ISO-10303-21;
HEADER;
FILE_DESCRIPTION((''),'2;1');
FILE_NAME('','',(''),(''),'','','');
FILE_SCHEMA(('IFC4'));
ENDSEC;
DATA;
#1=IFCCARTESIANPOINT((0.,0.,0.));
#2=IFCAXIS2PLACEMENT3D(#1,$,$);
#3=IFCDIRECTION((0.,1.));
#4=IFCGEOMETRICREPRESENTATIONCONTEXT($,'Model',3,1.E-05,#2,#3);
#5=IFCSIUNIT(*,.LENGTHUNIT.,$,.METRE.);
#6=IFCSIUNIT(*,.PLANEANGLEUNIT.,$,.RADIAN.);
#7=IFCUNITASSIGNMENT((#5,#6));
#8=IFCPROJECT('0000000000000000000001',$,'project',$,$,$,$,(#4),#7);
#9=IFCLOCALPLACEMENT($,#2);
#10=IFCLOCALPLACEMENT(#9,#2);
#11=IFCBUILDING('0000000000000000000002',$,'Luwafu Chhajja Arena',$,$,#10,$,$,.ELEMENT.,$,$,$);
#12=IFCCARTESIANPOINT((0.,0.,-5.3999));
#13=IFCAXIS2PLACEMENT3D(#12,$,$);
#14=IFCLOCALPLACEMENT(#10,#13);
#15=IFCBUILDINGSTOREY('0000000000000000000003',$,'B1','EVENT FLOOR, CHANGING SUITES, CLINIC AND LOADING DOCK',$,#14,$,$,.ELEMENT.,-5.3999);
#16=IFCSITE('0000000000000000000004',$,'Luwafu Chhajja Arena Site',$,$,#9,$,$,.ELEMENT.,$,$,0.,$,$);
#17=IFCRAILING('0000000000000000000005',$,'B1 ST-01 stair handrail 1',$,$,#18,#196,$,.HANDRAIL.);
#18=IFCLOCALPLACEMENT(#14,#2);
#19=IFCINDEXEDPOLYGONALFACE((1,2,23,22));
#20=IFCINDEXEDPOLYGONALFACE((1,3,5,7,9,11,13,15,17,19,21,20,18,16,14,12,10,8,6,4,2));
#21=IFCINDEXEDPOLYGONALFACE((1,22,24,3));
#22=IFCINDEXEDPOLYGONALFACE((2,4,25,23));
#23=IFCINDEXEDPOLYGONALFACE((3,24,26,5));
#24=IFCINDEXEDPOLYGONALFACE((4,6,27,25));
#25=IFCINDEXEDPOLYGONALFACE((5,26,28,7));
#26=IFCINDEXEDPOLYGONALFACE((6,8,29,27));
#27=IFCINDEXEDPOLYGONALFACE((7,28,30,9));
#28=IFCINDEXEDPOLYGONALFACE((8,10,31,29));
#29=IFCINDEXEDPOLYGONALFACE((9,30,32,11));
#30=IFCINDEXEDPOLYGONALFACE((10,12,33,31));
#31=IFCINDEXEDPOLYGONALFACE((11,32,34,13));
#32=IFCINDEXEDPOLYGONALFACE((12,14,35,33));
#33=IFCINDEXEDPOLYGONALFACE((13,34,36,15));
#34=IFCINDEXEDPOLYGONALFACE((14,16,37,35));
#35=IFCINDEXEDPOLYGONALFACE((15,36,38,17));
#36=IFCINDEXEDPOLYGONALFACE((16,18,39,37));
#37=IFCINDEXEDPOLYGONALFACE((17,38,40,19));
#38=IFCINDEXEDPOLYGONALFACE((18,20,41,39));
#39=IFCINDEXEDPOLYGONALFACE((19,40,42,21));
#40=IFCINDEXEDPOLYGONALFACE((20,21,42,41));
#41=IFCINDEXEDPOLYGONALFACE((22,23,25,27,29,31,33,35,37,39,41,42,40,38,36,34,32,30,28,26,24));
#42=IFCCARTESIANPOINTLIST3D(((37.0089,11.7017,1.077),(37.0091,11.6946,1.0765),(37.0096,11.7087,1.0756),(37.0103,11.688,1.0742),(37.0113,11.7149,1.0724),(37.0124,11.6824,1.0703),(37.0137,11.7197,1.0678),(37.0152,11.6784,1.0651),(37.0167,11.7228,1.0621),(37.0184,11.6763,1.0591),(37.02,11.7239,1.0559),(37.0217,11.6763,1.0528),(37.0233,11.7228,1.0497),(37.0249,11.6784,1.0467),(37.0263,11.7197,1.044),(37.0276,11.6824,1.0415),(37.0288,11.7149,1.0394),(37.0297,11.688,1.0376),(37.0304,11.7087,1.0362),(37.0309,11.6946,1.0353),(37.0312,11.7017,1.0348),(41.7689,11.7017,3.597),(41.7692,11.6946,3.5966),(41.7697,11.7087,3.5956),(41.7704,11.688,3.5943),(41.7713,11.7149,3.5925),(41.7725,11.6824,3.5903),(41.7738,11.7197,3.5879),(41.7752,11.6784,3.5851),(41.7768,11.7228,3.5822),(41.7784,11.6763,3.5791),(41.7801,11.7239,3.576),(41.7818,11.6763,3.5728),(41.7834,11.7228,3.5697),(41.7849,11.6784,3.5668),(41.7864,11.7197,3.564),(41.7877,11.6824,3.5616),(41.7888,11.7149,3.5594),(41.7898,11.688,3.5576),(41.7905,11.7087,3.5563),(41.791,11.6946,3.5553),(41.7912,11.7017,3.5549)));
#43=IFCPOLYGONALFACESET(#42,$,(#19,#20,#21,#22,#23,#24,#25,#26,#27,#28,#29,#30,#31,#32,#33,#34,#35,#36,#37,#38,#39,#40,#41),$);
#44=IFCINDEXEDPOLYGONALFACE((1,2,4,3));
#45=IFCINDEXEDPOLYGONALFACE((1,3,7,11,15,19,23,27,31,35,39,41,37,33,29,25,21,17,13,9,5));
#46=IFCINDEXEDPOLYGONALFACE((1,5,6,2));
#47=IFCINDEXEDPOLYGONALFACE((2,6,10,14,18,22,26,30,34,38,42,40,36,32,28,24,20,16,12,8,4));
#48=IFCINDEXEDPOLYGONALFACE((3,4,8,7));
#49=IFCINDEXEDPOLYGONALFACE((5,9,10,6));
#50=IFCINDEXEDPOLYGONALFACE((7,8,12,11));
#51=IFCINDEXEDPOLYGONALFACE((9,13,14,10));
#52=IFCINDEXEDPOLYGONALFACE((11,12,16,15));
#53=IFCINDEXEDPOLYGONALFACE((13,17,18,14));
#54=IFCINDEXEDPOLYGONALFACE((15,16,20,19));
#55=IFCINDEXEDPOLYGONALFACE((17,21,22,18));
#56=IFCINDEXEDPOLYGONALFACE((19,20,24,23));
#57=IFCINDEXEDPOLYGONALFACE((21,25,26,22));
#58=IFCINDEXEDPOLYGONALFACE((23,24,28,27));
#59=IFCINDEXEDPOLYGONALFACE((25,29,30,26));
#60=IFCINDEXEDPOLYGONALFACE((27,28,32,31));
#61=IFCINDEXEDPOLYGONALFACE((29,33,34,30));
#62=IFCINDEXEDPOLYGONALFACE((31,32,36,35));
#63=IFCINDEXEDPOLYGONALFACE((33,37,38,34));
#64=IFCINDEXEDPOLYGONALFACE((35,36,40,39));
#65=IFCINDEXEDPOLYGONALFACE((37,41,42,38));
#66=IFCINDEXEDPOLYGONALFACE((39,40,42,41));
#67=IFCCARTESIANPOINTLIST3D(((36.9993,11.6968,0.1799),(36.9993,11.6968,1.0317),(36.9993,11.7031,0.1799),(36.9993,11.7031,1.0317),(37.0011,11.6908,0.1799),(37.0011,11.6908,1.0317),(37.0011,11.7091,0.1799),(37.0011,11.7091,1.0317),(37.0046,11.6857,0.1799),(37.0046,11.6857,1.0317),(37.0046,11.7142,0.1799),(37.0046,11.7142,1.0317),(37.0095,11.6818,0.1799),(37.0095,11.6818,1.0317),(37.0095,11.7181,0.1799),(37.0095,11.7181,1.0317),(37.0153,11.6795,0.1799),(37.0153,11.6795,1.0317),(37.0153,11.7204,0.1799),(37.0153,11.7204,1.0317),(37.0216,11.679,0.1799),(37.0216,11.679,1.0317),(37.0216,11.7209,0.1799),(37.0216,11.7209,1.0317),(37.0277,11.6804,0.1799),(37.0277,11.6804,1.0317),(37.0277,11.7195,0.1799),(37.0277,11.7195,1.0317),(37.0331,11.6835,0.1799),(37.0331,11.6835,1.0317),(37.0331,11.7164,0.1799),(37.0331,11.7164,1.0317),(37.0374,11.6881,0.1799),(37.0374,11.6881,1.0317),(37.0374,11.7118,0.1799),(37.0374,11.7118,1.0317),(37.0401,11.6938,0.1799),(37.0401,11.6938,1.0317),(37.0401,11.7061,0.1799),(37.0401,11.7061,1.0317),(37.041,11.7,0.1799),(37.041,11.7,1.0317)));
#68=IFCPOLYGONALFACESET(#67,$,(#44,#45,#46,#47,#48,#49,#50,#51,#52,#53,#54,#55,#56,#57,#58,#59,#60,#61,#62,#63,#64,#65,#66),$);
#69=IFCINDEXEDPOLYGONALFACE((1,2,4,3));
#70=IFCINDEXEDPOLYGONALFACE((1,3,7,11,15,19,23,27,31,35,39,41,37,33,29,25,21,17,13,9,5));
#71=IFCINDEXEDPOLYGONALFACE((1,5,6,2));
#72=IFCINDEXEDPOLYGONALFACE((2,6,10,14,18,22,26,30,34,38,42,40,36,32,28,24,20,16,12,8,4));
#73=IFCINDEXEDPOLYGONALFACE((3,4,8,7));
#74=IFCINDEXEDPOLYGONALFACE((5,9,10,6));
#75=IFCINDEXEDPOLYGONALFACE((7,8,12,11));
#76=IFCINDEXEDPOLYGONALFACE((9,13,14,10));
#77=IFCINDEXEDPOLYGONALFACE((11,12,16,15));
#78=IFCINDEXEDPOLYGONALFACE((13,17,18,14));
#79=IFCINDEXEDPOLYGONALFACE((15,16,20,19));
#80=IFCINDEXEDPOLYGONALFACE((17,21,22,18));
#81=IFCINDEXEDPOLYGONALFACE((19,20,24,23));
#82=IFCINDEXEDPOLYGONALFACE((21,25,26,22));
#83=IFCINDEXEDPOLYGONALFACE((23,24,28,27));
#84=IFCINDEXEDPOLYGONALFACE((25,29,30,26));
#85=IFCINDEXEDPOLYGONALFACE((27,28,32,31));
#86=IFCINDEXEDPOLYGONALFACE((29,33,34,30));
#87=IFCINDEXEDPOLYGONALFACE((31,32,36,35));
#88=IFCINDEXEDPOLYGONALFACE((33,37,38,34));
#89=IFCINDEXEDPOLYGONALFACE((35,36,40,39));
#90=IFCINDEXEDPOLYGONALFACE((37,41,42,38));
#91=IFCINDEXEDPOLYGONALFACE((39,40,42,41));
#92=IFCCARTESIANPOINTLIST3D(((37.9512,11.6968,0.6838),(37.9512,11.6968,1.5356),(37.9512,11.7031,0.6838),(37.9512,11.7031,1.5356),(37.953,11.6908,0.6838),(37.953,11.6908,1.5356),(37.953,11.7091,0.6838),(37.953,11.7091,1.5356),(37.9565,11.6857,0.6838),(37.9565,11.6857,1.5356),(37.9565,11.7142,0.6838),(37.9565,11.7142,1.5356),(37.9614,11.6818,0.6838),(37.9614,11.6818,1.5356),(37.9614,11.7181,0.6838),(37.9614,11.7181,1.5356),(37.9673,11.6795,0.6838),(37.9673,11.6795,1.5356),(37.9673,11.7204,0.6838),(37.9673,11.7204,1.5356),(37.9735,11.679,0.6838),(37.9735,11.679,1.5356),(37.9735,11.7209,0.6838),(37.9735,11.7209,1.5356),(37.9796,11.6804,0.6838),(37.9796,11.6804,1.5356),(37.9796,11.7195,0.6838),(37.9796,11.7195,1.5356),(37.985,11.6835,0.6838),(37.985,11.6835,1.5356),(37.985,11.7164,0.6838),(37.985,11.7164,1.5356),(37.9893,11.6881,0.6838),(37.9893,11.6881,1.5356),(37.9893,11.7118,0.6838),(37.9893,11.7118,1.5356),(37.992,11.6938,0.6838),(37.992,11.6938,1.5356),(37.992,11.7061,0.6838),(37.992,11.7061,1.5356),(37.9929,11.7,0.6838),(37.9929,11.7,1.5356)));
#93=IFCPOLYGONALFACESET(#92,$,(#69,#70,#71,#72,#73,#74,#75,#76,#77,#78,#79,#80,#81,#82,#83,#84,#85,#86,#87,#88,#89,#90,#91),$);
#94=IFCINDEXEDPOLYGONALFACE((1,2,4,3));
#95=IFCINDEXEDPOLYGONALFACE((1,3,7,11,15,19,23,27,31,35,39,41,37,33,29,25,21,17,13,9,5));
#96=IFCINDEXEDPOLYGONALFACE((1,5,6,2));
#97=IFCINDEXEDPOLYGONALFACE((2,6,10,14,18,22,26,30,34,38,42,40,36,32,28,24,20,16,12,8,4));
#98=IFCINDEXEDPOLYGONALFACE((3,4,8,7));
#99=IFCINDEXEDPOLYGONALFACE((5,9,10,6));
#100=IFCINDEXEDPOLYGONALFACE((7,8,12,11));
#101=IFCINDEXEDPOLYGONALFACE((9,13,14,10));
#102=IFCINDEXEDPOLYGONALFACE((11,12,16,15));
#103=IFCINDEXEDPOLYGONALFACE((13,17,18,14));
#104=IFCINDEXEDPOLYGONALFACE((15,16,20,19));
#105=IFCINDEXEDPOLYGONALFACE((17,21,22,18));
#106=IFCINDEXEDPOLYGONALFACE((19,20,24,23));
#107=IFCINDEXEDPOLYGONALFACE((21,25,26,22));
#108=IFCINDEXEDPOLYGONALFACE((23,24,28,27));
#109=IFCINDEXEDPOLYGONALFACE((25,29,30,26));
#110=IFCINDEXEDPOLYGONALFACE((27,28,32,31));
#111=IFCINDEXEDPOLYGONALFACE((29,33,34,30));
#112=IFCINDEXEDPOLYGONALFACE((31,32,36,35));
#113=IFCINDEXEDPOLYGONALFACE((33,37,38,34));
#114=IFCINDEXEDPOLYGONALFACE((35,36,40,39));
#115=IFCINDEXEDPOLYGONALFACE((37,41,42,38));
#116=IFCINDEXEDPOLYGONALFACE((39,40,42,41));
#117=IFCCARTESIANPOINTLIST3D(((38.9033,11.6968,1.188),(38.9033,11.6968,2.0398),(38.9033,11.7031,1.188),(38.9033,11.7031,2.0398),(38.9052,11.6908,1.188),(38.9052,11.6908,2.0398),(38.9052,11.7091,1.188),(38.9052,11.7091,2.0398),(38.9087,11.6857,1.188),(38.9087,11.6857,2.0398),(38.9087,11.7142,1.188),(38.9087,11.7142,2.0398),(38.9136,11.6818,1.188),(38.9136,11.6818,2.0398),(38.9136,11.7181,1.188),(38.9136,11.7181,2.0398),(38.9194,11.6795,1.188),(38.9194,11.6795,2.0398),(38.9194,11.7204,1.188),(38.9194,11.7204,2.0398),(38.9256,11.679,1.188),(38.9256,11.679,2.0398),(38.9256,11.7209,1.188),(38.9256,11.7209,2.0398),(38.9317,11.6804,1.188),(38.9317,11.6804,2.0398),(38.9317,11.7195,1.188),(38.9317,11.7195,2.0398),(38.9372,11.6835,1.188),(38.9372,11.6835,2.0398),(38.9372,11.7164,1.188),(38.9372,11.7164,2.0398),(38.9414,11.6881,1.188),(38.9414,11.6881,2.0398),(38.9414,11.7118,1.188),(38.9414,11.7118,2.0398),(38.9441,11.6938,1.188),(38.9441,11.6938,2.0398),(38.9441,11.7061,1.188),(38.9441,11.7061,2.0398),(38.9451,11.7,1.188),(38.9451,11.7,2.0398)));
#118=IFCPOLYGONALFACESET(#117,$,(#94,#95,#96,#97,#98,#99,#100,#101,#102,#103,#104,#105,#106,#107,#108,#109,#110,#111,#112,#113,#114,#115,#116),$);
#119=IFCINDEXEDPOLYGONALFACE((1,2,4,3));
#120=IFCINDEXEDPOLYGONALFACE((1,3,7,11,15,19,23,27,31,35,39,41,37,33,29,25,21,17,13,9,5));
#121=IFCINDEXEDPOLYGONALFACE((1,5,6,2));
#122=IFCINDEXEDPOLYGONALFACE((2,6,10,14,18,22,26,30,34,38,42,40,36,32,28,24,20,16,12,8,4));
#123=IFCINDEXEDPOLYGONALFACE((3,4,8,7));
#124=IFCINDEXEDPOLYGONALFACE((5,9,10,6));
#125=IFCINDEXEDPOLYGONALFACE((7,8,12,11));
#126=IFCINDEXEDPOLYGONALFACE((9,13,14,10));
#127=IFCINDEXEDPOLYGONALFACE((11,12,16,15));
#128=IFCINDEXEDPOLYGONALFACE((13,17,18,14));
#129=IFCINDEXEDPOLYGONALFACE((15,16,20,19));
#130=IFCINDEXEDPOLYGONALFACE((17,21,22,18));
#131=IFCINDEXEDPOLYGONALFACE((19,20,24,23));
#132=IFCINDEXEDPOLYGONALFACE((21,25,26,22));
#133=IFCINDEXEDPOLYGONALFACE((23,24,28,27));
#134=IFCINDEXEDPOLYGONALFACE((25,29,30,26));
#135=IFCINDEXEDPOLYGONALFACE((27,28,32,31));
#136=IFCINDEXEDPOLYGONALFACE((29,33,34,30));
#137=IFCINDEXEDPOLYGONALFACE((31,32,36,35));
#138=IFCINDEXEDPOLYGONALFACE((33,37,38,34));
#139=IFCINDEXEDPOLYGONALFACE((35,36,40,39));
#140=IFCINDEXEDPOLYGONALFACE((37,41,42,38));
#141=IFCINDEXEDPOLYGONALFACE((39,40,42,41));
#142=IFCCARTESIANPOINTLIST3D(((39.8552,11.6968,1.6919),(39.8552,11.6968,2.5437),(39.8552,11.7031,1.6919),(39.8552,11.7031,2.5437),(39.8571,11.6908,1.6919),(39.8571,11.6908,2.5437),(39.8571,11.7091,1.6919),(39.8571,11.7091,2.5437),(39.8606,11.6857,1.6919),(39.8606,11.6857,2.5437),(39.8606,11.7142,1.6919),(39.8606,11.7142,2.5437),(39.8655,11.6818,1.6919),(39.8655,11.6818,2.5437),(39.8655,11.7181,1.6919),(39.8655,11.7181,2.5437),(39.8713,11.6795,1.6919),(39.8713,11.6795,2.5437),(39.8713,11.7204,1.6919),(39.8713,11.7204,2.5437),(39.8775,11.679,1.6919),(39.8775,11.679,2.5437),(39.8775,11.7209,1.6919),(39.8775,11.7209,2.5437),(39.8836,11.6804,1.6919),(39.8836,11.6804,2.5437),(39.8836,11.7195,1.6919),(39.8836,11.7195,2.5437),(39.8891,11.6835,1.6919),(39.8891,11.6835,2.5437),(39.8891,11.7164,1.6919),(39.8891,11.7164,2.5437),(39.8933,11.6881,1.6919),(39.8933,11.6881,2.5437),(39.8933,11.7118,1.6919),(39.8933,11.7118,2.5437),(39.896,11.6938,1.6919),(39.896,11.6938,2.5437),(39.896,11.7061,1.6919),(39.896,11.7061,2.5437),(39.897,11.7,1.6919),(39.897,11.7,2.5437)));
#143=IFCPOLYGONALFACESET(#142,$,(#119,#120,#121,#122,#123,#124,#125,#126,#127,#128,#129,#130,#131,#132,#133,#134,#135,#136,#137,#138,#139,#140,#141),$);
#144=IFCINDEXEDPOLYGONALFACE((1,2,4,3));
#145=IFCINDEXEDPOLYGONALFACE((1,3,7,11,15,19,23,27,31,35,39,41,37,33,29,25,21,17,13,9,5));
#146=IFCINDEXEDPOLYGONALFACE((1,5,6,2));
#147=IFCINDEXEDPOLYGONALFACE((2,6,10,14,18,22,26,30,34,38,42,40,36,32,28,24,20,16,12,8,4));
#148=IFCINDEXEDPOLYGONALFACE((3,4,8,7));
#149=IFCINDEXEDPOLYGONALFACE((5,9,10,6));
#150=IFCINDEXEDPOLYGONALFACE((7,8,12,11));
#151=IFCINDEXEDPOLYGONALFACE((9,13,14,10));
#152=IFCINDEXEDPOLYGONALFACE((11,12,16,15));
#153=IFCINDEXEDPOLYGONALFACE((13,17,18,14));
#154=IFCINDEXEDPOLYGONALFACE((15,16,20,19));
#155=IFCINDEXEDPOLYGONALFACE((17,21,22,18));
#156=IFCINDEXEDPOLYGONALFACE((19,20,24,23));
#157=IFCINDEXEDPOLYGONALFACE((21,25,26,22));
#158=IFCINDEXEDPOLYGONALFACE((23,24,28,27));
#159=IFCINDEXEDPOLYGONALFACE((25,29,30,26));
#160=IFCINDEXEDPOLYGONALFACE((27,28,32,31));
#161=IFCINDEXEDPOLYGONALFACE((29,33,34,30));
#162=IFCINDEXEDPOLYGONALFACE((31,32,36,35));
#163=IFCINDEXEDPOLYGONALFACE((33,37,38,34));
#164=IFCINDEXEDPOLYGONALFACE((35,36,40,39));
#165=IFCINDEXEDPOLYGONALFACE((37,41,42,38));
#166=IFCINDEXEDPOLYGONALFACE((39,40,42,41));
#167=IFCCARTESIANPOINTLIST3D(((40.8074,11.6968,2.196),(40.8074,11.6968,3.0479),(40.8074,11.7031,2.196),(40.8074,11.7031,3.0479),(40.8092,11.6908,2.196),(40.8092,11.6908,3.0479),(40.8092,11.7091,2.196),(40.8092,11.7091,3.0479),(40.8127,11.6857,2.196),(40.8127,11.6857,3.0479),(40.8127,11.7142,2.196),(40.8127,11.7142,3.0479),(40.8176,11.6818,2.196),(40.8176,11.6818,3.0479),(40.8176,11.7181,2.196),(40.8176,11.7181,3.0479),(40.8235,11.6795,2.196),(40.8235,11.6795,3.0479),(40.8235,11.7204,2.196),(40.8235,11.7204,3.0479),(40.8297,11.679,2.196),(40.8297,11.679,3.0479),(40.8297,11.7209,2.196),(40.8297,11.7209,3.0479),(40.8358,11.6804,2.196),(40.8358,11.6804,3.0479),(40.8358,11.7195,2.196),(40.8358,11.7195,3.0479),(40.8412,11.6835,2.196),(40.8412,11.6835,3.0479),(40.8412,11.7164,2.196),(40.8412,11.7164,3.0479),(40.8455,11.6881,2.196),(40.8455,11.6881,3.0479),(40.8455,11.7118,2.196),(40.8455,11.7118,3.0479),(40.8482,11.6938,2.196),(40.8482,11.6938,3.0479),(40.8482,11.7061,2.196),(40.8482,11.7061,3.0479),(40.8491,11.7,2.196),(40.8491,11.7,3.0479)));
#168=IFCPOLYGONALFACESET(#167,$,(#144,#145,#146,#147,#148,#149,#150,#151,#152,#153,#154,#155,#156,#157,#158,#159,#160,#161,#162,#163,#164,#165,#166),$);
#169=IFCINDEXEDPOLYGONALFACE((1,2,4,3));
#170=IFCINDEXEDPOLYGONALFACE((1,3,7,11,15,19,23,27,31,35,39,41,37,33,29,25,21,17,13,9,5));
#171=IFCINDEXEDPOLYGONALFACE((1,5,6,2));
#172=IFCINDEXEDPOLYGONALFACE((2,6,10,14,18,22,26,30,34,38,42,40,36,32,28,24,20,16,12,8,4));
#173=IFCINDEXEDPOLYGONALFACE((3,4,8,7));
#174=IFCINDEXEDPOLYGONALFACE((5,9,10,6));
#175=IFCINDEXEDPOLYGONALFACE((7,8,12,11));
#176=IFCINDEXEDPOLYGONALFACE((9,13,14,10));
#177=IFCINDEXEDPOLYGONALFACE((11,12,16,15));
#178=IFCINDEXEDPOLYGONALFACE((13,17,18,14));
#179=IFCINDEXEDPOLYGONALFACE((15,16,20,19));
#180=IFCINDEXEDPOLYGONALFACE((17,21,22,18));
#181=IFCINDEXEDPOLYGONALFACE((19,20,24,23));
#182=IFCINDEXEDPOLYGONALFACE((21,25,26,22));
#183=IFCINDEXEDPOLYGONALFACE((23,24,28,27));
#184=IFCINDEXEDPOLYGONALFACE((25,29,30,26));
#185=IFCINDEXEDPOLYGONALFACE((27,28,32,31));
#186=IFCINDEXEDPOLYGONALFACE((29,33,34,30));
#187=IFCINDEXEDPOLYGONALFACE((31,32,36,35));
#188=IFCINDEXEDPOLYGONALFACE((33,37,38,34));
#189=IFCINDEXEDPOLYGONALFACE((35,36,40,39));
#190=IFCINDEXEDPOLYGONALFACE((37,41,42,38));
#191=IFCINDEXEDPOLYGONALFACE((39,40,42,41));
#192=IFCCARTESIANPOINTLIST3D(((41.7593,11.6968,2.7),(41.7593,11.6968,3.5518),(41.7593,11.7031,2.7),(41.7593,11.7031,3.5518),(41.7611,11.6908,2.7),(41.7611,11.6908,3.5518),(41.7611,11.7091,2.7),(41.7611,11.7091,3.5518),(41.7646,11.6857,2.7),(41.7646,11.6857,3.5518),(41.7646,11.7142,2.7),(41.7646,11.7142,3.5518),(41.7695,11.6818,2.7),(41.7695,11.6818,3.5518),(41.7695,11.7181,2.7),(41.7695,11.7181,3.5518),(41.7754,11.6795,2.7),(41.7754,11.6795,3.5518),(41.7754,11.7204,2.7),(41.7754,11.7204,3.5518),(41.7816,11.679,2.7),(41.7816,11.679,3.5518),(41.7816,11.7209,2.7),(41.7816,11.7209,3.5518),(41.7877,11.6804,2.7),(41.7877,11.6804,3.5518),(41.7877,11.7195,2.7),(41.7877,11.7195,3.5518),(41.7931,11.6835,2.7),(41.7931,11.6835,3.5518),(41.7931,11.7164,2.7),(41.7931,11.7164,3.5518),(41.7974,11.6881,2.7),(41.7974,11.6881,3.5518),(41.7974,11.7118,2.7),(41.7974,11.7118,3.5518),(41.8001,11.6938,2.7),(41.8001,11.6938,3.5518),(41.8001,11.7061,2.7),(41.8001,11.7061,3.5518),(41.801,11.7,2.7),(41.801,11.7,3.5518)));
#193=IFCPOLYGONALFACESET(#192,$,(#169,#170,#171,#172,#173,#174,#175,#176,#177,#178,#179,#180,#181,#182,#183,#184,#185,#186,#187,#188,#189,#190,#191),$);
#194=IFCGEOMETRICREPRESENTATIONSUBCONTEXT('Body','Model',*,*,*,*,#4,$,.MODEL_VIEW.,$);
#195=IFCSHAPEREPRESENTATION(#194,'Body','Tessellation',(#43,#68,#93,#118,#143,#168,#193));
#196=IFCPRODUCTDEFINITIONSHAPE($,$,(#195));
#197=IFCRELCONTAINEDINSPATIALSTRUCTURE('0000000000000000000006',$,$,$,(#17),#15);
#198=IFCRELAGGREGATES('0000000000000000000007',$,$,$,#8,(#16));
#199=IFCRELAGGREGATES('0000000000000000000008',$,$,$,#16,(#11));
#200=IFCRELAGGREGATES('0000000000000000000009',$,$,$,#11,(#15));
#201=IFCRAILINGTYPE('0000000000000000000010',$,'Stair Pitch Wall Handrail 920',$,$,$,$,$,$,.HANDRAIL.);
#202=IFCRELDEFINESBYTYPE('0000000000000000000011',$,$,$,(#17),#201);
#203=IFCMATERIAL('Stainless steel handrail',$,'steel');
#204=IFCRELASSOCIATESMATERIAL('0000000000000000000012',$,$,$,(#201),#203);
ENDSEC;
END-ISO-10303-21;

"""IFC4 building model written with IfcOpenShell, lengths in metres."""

from ifc_helpers import new_model, si_unit, direction, frame, origin, origin_2d, place, context, subcontext, project, spatial, circle, extrude, material, type_object, element, save


model = new_model("IFC4")

# Units and contexts
model_context = context("Model", 3, precision=1e-05, world=origin(), true_north=direction((0.0, 1.0)))
body_context = subcontext(model_context, "Body", "Model", "MODEL_VIEW")
ifc_project = project(units=[si_unit("LENGTHUNIT", "METRE"), si_unit("PLANEANGLEUNIT", "RADIAN")], contexts=[model_context])

# Site, building, storey
site_placement = place(None, origin())
site = spatial("IfcSite", under=ifc_project, at=site_placement, Name="Luwafu Chhajja Arena Site", CompositionType="ELEMENT", RefElevation=0.0)
building_placement = place(site_placement, origin())
building = spatial("IfcBuilding", under=site, at=building_placement, Name="Luwafu Chhajja Arena", CompositionType="ELEMENT")
storey_placement = place(building_placement, frame((0.0, 0.0, -5.3999)))
storey = spatial("IfcBuildingStorey", under=building, at=storey_placement, Name="B1", Description="EVENT FLOOR, CHANGING SUITES, CLINIC AND LOADING DOCK", CompositionType="ELEMENT", Elevation=-5.3999)

# Railing
ifc_material_1 = material(Name="Stainless steel handrail", Category="steel")
railing_type_1 = type_object("IfcRailingType", Name="Stair Pitch Wall Handrail 920", PredefinedType="HANDRAIL", material=ifc_material_1)
for number, where, name in (
    (1, (37.02, 11.7, 0.1799), "B1 ST-01 stair handrail 1"),
):
    element("IfcRailing", number, at=place(storey_placement, frame(where)), inside=storey, type_object=railing_type_1, Name=name, PredefinedType="HANDRAIL", context=body_context, shape_type="SweptSolid", body=[
        extrude(circle(Radius=0.0239, at=origin_2d()), frame((0.0, 0.0, 0.876), z_axis=(0.883787, 0.0, 0.46789), x_axis=(0.0, 1.0, 0.0)), (0.0, 0.0, 1.0), 5.386),
        extrude(circle(Radius=0.021, at=origin_2d()), origin(), (0.0, 0.0, 1.0), 0.8518),
        extrude(circle(Radius=0.021, at=origin_2d()), frame((0.9519, 0.0, 0.5039)), (0.0, 0.0, 1.0), 0.8518),
        extrude(circle(Radius=0.021, at=origin_2d()), frame((1.9041, 0.0, 1.0081)), (0.0, 0.0, 1.0), 0.8518),
        extrude(circle(Radius=0.021, at=origin_2d()), frame((2.856, 0.0, 1.512)), (0.0, 0.0, 1.0), 0.8518),
        extrude(circle(Radius=0.021, at=origin_2d()), frame((3.8081, 0.0, 2.0161)), (0.0, 0.0, 1.0), 0.8518),
        extrude(circle(Radius=0.021, at=origin_2d()), frame((4.76, 0.0, 2.52)), (0.0, 0.0, 1.0), 0.8518),
    ])

save(model, "model.ifc")
